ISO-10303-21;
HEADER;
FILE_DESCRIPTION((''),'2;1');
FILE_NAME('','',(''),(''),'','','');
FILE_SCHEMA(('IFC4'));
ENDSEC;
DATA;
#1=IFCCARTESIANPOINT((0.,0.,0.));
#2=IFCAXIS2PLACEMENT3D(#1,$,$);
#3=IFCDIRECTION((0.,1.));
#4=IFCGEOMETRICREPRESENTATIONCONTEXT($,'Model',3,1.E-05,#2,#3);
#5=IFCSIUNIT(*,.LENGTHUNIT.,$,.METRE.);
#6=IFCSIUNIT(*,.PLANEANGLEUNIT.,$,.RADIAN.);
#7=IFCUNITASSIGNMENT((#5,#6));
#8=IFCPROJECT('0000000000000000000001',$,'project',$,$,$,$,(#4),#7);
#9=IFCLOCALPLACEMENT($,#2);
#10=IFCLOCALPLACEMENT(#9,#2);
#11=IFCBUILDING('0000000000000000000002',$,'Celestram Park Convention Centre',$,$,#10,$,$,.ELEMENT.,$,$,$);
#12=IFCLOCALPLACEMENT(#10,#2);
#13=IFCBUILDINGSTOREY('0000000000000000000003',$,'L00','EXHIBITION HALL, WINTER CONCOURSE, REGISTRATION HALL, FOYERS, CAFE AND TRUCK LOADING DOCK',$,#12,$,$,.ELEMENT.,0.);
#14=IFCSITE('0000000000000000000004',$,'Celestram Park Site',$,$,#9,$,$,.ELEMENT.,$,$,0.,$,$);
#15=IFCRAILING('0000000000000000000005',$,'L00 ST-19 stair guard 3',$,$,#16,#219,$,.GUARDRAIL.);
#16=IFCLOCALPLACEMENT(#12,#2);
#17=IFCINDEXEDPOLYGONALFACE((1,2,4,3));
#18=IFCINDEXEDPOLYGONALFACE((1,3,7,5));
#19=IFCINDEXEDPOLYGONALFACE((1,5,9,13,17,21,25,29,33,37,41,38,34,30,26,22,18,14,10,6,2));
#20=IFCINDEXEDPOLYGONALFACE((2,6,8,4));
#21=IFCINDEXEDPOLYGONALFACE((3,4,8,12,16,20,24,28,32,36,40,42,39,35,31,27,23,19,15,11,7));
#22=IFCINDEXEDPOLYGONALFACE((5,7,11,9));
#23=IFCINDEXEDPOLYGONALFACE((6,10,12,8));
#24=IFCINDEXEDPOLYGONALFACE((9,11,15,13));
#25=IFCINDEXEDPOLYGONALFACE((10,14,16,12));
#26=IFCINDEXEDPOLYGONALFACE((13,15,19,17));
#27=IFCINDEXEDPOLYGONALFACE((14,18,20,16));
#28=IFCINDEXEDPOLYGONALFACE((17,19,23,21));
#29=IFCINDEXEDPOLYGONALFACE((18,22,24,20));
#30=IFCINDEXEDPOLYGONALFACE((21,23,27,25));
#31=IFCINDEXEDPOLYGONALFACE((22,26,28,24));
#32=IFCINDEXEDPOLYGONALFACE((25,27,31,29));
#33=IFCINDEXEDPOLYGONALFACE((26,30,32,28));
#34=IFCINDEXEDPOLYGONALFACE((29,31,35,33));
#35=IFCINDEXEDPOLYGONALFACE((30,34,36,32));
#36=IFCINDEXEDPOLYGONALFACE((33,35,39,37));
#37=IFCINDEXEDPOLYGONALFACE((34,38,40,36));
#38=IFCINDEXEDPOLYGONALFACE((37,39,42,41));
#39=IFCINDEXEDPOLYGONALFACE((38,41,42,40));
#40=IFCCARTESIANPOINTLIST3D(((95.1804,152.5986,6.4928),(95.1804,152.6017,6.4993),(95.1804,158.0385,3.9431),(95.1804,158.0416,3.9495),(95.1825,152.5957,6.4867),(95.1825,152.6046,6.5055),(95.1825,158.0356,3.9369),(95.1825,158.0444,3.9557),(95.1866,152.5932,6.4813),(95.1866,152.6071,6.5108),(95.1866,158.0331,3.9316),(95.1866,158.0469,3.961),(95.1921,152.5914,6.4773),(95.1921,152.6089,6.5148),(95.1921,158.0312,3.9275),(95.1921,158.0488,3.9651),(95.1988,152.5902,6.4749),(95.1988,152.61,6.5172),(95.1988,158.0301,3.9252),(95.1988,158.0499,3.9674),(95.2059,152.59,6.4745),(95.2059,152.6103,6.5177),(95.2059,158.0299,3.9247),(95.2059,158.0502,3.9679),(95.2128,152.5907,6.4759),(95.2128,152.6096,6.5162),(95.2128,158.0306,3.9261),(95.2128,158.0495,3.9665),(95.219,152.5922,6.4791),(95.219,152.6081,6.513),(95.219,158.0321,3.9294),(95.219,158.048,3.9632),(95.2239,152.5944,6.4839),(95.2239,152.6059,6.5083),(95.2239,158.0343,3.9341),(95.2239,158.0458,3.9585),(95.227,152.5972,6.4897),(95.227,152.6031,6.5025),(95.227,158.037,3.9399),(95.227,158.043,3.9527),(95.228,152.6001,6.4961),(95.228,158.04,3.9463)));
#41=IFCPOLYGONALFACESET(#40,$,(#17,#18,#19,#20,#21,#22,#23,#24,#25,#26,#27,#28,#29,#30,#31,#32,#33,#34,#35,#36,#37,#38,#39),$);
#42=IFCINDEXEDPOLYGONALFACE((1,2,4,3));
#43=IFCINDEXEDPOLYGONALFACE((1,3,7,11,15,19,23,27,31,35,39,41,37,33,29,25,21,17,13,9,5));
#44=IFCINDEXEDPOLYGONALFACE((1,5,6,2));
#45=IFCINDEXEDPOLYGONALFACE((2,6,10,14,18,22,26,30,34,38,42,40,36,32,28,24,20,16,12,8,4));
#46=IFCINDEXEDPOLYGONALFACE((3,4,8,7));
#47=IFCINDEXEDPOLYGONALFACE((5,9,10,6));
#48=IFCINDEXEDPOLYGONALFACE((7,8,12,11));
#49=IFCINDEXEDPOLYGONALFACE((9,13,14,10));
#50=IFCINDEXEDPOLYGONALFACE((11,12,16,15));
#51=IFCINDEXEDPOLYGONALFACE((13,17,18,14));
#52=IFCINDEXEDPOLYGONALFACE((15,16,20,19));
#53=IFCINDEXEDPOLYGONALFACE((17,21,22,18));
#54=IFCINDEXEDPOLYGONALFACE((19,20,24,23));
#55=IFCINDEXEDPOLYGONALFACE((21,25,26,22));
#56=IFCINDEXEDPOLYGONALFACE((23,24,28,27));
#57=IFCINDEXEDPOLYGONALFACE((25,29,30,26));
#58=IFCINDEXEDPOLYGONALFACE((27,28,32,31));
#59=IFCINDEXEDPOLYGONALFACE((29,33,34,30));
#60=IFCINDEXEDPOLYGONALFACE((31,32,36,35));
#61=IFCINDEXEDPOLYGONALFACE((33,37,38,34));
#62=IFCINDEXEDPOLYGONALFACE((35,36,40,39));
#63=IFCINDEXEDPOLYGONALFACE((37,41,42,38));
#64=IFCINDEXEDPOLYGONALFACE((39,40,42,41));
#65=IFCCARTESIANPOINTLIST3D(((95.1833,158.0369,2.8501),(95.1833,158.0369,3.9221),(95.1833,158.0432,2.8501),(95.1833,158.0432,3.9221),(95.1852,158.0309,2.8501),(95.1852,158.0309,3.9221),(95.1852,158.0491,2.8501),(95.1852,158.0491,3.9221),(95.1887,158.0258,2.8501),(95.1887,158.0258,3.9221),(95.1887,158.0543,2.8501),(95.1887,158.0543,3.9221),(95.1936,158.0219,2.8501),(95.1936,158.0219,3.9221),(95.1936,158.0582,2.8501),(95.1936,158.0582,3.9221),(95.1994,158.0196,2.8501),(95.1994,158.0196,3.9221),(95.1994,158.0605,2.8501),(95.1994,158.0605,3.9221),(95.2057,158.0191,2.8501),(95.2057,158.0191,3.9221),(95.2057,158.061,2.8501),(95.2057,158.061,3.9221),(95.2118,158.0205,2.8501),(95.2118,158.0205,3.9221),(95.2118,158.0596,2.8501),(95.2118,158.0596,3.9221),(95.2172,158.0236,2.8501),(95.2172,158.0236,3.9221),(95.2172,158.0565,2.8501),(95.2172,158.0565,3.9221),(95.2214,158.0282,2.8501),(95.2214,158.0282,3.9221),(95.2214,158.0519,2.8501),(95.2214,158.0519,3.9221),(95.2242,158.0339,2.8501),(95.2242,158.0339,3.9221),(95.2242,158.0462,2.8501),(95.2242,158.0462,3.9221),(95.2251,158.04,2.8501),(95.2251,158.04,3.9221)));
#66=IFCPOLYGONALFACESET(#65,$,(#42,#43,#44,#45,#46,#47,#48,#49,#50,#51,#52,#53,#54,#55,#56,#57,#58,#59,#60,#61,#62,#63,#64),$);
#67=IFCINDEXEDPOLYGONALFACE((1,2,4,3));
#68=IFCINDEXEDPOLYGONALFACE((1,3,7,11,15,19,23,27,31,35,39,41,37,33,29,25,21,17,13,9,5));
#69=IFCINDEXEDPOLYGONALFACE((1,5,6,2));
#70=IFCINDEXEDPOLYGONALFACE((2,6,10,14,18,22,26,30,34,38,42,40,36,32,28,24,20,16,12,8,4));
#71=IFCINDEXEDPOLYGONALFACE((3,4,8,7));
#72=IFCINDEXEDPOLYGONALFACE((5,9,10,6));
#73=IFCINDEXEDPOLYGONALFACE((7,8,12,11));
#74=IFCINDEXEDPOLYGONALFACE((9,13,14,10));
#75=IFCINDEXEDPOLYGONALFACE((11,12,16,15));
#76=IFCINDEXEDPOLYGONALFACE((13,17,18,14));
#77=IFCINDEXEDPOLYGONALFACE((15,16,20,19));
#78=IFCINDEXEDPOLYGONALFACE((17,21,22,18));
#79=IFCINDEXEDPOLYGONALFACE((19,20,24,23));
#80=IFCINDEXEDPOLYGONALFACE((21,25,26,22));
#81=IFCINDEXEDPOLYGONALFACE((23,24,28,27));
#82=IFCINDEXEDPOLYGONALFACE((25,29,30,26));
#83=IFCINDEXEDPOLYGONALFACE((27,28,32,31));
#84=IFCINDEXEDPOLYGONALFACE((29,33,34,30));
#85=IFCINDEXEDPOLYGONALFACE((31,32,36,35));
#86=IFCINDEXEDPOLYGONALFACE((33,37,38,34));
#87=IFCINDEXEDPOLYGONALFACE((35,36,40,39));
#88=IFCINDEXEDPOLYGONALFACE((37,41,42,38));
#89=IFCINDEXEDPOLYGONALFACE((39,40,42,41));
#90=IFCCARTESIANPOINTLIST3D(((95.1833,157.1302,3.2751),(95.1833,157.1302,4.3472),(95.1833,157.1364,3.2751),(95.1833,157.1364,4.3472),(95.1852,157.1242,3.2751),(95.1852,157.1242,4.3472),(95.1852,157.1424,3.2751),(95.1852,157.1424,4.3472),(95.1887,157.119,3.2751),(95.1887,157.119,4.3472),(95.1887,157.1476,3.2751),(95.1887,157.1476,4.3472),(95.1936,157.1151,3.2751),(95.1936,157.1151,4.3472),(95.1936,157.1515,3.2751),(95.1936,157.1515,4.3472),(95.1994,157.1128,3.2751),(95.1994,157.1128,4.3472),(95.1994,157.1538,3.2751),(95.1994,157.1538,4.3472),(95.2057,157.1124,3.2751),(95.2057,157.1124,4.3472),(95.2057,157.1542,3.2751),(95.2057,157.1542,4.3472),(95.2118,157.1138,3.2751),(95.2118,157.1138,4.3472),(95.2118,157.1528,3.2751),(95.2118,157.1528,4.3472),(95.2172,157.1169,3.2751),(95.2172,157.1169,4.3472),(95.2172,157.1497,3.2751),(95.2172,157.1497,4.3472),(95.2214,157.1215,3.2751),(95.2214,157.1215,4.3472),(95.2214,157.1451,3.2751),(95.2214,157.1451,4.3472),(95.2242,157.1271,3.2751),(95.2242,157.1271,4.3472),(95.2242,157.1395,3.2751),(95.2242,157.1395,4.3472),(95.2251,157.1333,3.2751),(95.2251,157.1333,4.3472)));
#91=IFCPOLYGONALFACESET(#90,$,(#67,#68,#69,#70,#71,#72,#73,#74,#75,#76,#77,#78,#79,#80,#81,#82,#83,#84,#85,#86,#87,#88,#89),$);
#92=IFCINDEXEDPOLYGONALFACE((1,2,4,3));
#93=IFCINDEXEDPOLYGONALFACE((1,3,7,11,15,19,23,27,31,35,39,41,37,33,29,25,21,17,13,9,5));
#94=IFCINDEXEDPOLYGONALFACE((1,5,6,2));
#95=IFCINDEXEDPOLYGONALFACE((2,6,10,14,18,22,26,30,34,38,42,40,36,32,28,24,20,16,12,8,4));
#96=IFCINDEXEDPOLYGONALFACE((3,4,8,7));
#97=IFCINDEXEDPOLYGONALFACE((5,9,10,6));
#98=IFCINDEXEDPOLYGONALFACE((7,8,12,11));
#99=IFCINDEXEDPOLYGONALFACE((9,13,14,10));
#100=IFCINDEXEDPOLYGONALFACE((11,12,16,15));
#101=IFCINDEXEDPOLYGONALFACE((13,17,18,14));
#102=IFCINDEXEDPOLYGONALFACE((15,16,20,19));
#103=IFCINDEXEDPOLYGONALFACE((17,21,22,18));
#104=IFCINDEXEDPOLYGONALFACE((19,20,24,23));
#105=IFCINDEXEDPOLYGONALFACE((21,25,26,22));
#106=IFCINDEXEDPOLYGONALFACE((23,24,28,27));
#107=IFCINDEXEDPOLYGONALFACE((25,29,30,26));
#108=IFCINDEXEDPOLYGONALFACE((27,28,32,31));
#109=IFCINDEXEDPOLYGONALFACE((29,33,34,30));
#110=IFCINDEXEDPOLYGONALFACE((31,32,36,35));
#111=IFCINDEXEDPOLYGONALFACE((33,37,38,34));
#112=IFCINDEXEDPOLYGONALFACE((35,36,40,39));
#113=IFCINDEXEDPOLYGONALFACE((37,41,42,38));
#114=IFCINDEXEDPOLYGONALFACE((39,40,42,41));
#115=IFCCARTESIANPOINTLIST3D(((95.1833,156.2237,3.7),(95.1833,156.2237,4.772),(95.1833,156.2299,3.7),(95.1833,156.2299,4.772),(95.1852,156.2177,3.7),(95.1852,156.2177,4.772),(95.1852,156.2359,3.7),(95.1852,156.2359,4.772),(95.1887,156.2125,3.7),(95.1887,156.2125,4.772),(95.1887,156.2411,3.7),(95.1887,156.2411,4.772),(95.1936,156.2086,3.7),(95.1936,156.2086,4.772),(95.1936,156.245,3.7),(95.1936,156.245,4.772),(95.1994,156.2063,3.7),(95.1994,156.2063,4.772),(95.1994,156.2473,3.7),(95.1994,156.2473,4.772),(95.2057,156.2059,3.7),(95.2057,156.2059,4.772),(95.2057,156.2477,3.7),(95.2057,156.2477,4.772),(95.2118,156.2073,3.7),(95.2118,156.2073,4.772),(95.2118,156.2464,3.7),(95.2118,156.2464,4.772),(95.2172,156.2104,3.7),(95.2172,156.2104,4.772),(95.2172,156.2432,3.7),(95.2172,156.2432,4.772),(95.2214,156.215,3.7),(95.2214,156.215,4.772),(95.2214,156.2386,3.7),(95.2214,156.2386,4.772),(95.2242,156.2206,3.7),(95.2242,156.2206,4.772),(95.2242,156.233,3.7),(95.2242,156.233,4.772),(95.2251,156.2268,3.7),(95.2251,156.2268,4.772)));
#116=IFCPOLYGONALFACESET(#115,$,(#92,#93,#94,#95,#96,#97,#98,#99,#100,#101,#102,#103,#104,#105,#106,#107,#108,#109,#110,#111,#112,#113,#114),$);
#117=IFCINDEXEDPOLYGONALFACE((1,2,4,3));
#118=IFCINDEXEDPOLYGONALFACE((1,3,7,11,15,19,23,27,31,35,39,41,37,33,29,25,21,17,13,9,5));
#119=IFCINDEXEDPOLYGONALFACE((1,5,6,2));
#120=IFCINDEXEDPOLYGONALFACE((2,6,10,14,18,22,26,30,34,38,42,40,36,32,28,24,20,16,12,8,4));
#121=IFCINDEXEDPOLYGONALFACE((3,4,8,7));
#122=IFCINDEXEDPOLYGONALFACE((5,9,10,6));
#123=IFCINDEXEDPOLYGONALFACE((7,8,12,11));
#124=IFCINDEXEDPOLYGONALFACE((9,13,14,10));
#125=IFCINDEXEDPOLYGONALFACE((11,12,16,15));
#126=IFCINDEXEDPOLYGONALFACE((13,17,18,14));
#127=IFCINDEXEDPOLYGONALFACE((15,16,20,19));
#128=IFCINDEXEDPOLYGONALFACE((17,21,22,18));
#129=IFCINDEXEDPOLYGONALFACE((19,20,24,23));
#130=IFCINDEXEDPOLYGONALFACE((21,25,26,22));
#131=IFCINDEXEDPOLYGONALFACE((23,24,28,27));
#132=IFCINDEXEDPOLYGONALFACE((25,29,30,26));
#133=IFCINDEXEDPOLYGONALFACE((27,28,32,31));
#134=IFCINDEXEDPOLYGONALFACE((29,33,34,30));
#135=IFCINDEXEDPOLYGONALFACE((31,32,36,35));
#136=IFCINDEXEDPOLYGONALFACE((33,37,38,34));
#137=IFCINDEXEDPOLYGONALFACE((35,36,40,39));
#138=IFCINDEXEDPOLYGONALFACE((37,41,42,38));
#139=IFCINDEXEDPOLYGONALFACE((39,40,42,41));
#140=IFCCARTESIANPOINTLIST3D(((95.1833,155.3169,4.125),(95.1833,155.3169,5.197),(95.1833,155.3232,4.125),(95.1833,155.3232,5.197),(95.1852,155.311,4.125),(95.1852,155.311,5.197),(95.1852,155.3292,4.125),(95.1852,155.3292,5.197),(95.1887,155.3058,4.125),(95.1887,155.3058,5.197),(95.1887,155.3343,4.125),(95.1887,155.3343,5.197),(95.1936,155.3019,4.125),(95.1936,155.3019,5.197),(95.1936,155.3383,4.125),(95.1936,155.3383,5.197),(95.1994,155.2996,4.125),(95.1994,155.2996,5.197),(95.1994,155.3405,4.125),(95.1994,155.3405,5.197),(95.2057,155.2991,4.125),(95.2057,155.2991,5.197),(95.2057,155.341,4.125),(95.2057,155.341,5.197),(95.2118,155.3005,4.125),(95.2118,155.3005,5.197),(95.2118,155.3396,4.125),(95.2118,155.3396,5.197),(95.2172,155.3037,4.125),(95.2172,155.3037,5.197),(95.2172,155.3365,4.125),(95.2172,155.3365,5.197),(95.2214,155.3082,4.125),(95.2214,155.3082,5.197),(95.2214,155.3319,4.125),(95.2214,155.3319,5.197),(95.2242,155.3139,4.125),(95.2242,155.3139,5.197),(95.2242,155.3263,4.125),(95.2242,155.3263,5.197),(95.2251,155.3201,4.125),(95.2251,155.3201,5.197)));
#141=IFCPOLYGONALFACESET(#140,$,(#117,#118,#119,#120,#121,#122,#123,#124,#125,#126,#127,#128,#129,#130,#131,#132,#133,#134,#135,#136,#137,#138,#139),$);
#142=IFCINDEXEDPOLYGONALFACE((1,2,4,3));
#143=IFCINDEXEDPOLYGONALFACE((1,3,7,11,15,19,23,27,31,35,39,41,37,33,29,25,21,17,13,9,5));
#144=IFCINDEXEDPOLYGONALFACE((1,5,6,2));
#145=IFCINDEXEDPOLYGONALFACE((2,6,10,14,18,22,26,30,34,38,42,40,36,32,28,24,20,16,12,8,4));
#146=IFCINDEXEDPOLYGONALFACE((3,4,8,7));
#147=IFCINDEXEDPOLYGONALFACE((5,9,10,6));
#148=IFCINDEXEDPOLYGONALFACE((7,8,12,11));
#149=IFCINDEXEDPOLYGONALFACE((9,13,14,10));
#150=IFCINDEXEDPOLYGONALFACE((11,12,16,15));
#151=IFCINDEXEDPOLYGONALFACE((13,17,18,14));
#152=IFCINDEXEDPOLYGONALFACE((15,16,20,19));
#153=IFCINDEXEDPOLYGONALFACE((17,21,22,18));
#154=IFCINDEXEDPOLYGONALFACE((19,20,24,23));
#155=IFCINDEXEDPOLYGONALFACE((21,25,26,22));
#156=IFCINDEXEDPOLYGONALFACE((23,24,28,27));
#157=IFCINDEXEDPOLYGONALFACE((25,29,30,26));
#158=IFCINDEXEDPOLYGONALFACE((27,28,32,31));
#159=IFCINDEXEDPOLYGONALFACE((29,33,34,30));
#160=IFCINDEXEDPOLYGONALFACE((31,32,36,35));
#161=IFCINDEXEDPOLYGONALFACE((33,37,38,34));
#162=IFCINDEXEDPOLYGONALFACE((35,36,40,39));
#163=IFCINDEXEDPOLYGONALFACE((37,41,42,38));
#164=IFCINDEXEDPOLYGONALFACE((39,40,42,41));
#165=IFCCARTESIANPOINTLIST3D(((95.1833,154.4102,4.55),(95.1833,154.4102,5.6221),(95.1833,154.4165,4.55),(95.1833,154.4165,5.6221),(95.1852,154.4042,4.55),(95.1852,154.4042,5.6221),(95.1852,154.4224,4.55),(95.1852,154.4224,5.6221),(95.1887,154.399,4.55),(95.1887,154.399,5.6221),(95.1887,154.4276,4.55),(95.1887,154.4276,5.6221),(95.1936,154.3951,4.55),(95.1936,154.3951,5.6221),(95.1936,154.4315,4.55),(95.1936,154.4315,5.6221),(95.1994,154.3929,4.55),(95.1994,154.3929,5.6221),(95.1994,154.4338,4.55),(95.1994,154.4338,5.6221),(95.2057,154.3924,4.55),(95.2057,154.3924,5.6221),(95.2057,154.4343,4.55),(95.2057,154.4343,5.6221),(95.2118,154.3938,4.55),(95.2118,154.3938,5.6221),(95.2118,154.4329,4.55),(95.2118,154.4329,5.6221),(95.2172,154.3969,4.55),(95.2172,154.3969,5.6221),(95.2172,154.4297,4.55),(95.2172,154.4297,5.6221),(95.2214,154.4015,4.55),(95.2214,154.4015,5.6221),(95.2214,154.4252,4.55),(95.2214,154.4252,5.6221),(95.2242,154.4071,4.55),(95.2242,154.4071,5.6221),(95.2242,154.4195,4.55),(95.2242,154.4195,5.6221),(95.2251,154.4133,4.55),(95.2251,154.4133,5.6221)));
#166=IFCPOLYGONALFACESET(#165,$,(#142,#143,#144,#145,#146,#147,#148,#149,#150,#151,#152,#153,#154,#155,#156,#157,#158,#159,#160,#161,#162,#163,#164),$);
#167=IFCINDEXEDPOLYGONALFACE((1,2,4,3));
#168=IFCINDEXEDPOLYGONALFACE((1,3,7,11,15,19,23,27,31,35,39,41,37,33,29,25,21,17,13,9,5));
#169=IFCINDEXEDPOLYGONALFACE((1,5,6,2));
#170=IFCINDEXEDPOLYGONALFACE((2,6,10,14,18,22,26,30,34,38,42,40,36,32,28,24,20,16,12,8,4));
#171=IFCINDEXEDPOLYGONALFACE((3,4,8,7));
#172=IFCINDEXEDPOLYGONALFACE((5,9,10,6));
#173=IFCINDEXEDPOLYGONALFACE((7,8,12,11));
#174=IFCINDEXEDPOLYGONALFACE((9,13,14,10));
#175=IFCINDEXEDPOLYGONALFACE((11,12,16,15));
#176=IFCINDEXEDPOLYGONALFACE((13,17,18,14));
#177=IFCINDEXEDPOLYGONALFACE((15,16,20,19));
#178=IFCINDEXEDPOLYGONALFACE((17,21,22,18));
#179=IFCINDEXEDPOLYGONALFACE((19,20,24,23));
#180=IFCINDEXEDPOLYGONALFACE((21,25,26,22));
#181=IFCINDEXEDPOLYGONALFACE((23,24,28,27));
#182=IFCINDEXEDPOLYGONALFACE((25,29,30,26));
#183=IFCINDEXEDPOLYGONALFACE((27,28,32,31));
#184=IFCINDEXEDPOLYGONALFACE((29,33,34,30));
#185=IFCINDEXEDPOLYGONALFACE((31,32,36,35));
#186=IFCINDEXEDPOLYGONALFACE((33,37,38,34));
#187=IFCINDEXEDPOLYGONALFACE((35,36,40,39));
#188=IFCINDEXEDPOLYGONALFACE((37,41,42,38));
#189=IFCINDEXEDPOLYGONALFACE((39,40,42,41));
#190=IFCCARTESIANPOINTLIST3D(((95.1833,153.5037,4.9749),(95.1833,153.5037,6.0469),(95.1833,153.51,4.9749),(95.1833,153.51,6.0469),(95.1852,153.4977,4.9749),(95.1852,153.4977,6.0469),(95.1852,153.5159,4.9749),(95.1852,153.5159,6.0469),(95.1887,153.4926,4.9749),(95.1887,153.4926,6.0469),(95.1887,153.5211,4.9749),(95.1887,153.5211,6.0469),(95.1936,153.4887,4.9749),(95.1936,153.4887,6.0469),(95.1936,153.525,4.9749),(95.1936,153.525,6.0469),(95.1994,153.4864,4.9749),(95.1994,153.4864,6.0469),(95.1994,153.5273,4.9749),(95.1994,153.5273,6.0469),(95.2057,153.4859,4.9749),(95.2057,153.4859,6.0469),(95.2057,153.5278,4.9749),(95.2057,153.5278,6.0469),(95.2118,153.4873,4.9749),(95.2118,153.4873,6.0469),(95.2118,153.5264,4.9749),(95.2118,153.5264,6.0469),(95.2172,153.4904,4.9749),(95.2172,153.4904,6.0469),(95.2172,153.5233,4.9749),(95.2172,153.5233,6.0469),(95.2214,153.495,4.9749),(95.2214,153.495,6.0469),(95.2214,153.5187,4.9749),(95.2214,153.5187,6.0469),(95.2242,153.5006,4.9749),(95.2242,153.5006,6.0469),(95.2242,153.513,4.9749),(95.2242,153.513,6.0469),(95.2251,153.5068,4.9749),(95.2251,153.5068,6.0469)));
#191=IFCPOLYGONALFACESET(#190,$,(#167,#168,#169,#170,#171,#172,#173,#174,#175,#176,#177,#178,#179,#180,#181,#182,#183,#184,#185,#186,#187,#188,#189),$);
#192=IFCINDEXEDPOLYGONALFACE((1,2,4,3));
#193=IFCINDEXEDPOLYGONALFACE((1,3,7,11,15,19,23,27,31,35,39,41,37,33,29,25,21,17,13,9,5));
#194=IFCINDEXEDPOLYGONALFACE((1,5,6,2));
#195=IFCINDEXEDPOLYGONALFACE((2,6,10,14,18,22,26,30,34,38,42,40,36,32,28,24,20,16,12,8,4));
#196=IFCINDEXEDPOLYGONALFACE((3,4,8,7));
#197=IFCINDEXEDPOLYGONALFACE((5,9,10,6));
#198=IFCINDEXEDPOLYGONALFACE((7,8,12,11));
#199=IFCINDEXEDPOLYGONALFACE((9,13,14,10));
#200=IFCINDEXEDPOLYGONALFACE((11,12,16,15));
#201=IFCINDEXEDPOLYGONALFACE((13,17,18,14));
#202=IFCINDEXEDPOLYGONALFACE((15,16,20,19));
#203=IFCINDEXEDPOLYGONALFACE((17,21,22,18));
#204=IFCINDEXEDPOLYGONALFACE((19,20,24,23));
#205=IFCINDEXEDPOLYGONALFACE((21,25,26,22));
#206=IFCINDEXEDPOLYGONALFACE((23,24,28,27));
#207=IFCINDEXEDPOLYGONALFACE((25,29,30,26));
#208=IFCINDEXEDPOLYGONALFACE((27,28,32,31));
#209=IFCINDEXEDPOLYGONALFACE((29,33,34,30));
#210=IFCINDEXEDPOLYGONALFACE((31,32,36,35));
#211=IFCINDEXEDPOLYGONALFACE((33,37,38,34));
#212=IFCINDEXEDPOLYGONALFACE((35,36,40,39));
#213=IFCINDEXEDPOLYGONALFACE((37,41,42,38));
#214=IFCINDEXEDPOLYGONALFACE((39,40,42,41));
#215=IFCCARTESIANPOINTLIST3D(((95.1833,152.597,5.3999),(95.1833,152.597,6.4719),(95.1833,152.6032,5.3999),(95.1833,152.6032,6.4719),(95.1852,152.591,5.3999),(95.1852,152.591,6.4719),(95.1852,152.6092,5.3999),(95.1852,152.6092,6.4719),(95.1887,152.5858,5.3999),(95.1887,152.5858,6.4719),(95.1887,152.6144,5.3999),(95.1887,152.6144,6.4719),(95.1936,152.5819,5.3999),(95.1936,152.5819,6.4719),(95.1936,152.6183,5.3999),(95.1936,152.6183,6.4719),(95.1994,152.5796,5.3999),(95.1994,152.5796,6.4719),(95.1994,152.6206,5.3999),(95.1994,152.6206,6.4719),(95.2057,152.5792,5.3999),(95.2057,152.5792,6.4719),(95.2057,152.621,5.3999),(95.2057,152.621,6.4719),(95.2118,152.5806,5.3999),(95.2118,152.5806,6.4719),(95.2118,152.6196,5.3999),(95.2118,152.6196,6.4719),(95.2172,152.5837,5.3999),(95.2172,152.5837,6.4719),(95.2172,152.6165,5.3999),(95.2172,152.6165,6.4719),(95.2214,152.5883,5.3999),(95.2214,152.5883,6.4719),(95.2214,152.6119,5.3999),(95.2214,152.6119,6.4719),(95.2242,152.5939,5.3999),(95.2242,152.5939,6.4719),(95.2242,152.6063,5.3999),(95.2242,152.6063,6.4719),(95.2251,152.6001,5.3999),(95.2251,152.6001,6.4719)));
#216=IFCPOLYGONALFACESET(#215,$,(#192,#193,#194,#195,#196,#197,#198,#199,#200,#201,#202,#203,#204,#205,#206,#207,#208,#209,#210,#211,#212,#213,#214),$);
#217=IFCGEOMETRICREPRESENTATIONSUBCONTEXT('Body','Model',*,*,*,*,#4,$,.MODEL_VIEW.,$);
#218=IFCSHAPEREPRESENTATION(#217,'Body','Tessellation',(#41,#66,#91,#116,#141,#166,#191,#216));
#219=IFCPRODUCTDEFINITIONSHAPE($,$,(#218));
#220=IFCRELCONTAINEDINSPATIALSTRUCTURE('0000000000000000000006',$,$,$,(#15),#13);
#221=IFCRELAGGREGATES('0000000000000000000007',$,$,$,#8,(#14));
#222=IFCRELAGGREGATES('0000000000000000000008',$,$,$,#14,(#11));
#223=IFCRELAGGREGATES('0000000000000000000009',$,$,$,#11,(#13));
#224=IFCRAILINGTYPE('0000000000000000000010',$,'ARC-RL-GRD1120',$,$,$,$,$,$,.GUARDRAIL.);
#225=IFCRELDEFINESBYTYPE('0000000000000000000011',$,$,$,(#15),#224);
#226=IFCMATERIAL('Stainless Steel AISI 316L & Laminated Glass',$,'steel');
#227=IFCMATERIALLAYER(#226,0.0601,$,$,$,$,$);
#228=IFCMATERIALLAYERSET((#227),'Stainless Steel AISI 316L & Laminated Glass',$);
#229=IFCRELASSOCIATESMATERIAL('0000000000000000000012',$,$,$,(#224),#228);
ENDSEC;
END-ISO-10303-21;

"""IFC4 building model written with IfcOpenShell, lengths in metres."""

from ifc_helpers import new_model, si_unit, direction, frame, origin, origin_2d, place, context, subcontext, project, spatial, circle, extrude, material, layer, layer_set, type_object, element, save


model = new_model("IFC4")

# Units and contexts
model_context = context("Model", 3, precision=1e-05, world=origin(), true_north=direction((0.0, 1.0)))
body_context = subcontext(model_context, "Body", "Model", "MODEL_VIEW")
ifc_project = project(units=[si_unit("LENGTHUNIT", "METRE"), si_unit("PLANEANGLEUNIT", "RADIAN")], contexts=[model_context])

# Site, building, storey
site_placement = place(None, origin())
site = spatial("IfcSite", under=ifc_project, at=site_placement, Name="Celestram Park Site", CompositionType="ELEMENT", RefElevation=0.0)
building_placement = place(site_placement, origin())
building = spatial("IfcBuilding", under=site, at=building_placement, Name="Celestram Park Convention Centre", CompositionType="ELEMENT")
storey_placement = place(building_placement, origin())
storey = spatial("IfcBuildingStorey", under=building, at=storey_placement, Name="L00", Description="EXHIBITION HALL, WINTER CONCOURSE, REGISTRATION HALL, FOYERS, CAFE AND TRUCK LOADING DOCK", CompositionType="ELEMENT", Elevation=0.0)

# Railing
ifc_material_1 = material(Name="Stainless Steel AISI 316L & Laminated Glass", Category="steel")
ifc_layer_1 = layer(ifc_material_1, 0.0601)
ifc_layer_set_1 = layer_set([ifc_layer_1], Name="Stainless Steel AISI 316L & Laminated Glass")
railing_type_1 = type_object("IfcRailingType", Name="ARC-RL-GRD1120", PredefinedType="GUARDRAIL", material=ifc_layer_set_1)
railing_1_placement = place(storey_placement, frame((95.2041, 158.04, 2.8501)))
element("IfcRailing", 1, at=railing_1_placement, inside=storey, type_object=railing_type_1, Name="L00 ST-19 stair guard 3", PredefinedType="GUARDRAIL", context=body_context, shape_type="SweptSolid", body=[
    extrude(circle(Radius=0.0239, at=origin_2d()), frame((0.0, 0.0, 1.0962), z_axis=(0.0, -0.90547, 0.424411), x_axis=(1.0, 0.0, 0.0)), (0.0, 0.0, 1.0), 6.0078),
    extrude(circle(Radius=0.021, at=origin_2d()), origin(), (0.0, 0.0, 1.0), 1.072),
    extrude(circle(Radius=0.021, at=origin_2d()), frame((0.0, -0.9067, 0.425)), (0.0, 0.0, 1.0), 1.072),
    extrude(circle(Radius=0.021, at=origin_2d()), frame((0.0, -1.8132, 0.8499)), (0.0, 0.0, 1.0), 1.072),
    extrude(circle(Radius=0.021, at=origin_2d()), frame((0.0, -2.72, 1.2749)), (0.0, 0.0, 1.0), 1.072),
    extrude(circle(Radius=0.021, at=origin_2d()), frame((0.0, -3.6267, 1.7)), (0.0, 0.0, 1.0), 1.072),
    extrude(circle(Radius=0.021, at=origin_2d()), frame((0.0, -4.5332, 2.1248)), (0.0, 0.0, 1.0), 1.072),
    extrude(circle(Radius=0.021, at=origin_2d()), frame((0.0, -5.4399, 2.5498)), (0.0, 0.0, 1.0), 1.072),
])

save(model, "model.ifc")
